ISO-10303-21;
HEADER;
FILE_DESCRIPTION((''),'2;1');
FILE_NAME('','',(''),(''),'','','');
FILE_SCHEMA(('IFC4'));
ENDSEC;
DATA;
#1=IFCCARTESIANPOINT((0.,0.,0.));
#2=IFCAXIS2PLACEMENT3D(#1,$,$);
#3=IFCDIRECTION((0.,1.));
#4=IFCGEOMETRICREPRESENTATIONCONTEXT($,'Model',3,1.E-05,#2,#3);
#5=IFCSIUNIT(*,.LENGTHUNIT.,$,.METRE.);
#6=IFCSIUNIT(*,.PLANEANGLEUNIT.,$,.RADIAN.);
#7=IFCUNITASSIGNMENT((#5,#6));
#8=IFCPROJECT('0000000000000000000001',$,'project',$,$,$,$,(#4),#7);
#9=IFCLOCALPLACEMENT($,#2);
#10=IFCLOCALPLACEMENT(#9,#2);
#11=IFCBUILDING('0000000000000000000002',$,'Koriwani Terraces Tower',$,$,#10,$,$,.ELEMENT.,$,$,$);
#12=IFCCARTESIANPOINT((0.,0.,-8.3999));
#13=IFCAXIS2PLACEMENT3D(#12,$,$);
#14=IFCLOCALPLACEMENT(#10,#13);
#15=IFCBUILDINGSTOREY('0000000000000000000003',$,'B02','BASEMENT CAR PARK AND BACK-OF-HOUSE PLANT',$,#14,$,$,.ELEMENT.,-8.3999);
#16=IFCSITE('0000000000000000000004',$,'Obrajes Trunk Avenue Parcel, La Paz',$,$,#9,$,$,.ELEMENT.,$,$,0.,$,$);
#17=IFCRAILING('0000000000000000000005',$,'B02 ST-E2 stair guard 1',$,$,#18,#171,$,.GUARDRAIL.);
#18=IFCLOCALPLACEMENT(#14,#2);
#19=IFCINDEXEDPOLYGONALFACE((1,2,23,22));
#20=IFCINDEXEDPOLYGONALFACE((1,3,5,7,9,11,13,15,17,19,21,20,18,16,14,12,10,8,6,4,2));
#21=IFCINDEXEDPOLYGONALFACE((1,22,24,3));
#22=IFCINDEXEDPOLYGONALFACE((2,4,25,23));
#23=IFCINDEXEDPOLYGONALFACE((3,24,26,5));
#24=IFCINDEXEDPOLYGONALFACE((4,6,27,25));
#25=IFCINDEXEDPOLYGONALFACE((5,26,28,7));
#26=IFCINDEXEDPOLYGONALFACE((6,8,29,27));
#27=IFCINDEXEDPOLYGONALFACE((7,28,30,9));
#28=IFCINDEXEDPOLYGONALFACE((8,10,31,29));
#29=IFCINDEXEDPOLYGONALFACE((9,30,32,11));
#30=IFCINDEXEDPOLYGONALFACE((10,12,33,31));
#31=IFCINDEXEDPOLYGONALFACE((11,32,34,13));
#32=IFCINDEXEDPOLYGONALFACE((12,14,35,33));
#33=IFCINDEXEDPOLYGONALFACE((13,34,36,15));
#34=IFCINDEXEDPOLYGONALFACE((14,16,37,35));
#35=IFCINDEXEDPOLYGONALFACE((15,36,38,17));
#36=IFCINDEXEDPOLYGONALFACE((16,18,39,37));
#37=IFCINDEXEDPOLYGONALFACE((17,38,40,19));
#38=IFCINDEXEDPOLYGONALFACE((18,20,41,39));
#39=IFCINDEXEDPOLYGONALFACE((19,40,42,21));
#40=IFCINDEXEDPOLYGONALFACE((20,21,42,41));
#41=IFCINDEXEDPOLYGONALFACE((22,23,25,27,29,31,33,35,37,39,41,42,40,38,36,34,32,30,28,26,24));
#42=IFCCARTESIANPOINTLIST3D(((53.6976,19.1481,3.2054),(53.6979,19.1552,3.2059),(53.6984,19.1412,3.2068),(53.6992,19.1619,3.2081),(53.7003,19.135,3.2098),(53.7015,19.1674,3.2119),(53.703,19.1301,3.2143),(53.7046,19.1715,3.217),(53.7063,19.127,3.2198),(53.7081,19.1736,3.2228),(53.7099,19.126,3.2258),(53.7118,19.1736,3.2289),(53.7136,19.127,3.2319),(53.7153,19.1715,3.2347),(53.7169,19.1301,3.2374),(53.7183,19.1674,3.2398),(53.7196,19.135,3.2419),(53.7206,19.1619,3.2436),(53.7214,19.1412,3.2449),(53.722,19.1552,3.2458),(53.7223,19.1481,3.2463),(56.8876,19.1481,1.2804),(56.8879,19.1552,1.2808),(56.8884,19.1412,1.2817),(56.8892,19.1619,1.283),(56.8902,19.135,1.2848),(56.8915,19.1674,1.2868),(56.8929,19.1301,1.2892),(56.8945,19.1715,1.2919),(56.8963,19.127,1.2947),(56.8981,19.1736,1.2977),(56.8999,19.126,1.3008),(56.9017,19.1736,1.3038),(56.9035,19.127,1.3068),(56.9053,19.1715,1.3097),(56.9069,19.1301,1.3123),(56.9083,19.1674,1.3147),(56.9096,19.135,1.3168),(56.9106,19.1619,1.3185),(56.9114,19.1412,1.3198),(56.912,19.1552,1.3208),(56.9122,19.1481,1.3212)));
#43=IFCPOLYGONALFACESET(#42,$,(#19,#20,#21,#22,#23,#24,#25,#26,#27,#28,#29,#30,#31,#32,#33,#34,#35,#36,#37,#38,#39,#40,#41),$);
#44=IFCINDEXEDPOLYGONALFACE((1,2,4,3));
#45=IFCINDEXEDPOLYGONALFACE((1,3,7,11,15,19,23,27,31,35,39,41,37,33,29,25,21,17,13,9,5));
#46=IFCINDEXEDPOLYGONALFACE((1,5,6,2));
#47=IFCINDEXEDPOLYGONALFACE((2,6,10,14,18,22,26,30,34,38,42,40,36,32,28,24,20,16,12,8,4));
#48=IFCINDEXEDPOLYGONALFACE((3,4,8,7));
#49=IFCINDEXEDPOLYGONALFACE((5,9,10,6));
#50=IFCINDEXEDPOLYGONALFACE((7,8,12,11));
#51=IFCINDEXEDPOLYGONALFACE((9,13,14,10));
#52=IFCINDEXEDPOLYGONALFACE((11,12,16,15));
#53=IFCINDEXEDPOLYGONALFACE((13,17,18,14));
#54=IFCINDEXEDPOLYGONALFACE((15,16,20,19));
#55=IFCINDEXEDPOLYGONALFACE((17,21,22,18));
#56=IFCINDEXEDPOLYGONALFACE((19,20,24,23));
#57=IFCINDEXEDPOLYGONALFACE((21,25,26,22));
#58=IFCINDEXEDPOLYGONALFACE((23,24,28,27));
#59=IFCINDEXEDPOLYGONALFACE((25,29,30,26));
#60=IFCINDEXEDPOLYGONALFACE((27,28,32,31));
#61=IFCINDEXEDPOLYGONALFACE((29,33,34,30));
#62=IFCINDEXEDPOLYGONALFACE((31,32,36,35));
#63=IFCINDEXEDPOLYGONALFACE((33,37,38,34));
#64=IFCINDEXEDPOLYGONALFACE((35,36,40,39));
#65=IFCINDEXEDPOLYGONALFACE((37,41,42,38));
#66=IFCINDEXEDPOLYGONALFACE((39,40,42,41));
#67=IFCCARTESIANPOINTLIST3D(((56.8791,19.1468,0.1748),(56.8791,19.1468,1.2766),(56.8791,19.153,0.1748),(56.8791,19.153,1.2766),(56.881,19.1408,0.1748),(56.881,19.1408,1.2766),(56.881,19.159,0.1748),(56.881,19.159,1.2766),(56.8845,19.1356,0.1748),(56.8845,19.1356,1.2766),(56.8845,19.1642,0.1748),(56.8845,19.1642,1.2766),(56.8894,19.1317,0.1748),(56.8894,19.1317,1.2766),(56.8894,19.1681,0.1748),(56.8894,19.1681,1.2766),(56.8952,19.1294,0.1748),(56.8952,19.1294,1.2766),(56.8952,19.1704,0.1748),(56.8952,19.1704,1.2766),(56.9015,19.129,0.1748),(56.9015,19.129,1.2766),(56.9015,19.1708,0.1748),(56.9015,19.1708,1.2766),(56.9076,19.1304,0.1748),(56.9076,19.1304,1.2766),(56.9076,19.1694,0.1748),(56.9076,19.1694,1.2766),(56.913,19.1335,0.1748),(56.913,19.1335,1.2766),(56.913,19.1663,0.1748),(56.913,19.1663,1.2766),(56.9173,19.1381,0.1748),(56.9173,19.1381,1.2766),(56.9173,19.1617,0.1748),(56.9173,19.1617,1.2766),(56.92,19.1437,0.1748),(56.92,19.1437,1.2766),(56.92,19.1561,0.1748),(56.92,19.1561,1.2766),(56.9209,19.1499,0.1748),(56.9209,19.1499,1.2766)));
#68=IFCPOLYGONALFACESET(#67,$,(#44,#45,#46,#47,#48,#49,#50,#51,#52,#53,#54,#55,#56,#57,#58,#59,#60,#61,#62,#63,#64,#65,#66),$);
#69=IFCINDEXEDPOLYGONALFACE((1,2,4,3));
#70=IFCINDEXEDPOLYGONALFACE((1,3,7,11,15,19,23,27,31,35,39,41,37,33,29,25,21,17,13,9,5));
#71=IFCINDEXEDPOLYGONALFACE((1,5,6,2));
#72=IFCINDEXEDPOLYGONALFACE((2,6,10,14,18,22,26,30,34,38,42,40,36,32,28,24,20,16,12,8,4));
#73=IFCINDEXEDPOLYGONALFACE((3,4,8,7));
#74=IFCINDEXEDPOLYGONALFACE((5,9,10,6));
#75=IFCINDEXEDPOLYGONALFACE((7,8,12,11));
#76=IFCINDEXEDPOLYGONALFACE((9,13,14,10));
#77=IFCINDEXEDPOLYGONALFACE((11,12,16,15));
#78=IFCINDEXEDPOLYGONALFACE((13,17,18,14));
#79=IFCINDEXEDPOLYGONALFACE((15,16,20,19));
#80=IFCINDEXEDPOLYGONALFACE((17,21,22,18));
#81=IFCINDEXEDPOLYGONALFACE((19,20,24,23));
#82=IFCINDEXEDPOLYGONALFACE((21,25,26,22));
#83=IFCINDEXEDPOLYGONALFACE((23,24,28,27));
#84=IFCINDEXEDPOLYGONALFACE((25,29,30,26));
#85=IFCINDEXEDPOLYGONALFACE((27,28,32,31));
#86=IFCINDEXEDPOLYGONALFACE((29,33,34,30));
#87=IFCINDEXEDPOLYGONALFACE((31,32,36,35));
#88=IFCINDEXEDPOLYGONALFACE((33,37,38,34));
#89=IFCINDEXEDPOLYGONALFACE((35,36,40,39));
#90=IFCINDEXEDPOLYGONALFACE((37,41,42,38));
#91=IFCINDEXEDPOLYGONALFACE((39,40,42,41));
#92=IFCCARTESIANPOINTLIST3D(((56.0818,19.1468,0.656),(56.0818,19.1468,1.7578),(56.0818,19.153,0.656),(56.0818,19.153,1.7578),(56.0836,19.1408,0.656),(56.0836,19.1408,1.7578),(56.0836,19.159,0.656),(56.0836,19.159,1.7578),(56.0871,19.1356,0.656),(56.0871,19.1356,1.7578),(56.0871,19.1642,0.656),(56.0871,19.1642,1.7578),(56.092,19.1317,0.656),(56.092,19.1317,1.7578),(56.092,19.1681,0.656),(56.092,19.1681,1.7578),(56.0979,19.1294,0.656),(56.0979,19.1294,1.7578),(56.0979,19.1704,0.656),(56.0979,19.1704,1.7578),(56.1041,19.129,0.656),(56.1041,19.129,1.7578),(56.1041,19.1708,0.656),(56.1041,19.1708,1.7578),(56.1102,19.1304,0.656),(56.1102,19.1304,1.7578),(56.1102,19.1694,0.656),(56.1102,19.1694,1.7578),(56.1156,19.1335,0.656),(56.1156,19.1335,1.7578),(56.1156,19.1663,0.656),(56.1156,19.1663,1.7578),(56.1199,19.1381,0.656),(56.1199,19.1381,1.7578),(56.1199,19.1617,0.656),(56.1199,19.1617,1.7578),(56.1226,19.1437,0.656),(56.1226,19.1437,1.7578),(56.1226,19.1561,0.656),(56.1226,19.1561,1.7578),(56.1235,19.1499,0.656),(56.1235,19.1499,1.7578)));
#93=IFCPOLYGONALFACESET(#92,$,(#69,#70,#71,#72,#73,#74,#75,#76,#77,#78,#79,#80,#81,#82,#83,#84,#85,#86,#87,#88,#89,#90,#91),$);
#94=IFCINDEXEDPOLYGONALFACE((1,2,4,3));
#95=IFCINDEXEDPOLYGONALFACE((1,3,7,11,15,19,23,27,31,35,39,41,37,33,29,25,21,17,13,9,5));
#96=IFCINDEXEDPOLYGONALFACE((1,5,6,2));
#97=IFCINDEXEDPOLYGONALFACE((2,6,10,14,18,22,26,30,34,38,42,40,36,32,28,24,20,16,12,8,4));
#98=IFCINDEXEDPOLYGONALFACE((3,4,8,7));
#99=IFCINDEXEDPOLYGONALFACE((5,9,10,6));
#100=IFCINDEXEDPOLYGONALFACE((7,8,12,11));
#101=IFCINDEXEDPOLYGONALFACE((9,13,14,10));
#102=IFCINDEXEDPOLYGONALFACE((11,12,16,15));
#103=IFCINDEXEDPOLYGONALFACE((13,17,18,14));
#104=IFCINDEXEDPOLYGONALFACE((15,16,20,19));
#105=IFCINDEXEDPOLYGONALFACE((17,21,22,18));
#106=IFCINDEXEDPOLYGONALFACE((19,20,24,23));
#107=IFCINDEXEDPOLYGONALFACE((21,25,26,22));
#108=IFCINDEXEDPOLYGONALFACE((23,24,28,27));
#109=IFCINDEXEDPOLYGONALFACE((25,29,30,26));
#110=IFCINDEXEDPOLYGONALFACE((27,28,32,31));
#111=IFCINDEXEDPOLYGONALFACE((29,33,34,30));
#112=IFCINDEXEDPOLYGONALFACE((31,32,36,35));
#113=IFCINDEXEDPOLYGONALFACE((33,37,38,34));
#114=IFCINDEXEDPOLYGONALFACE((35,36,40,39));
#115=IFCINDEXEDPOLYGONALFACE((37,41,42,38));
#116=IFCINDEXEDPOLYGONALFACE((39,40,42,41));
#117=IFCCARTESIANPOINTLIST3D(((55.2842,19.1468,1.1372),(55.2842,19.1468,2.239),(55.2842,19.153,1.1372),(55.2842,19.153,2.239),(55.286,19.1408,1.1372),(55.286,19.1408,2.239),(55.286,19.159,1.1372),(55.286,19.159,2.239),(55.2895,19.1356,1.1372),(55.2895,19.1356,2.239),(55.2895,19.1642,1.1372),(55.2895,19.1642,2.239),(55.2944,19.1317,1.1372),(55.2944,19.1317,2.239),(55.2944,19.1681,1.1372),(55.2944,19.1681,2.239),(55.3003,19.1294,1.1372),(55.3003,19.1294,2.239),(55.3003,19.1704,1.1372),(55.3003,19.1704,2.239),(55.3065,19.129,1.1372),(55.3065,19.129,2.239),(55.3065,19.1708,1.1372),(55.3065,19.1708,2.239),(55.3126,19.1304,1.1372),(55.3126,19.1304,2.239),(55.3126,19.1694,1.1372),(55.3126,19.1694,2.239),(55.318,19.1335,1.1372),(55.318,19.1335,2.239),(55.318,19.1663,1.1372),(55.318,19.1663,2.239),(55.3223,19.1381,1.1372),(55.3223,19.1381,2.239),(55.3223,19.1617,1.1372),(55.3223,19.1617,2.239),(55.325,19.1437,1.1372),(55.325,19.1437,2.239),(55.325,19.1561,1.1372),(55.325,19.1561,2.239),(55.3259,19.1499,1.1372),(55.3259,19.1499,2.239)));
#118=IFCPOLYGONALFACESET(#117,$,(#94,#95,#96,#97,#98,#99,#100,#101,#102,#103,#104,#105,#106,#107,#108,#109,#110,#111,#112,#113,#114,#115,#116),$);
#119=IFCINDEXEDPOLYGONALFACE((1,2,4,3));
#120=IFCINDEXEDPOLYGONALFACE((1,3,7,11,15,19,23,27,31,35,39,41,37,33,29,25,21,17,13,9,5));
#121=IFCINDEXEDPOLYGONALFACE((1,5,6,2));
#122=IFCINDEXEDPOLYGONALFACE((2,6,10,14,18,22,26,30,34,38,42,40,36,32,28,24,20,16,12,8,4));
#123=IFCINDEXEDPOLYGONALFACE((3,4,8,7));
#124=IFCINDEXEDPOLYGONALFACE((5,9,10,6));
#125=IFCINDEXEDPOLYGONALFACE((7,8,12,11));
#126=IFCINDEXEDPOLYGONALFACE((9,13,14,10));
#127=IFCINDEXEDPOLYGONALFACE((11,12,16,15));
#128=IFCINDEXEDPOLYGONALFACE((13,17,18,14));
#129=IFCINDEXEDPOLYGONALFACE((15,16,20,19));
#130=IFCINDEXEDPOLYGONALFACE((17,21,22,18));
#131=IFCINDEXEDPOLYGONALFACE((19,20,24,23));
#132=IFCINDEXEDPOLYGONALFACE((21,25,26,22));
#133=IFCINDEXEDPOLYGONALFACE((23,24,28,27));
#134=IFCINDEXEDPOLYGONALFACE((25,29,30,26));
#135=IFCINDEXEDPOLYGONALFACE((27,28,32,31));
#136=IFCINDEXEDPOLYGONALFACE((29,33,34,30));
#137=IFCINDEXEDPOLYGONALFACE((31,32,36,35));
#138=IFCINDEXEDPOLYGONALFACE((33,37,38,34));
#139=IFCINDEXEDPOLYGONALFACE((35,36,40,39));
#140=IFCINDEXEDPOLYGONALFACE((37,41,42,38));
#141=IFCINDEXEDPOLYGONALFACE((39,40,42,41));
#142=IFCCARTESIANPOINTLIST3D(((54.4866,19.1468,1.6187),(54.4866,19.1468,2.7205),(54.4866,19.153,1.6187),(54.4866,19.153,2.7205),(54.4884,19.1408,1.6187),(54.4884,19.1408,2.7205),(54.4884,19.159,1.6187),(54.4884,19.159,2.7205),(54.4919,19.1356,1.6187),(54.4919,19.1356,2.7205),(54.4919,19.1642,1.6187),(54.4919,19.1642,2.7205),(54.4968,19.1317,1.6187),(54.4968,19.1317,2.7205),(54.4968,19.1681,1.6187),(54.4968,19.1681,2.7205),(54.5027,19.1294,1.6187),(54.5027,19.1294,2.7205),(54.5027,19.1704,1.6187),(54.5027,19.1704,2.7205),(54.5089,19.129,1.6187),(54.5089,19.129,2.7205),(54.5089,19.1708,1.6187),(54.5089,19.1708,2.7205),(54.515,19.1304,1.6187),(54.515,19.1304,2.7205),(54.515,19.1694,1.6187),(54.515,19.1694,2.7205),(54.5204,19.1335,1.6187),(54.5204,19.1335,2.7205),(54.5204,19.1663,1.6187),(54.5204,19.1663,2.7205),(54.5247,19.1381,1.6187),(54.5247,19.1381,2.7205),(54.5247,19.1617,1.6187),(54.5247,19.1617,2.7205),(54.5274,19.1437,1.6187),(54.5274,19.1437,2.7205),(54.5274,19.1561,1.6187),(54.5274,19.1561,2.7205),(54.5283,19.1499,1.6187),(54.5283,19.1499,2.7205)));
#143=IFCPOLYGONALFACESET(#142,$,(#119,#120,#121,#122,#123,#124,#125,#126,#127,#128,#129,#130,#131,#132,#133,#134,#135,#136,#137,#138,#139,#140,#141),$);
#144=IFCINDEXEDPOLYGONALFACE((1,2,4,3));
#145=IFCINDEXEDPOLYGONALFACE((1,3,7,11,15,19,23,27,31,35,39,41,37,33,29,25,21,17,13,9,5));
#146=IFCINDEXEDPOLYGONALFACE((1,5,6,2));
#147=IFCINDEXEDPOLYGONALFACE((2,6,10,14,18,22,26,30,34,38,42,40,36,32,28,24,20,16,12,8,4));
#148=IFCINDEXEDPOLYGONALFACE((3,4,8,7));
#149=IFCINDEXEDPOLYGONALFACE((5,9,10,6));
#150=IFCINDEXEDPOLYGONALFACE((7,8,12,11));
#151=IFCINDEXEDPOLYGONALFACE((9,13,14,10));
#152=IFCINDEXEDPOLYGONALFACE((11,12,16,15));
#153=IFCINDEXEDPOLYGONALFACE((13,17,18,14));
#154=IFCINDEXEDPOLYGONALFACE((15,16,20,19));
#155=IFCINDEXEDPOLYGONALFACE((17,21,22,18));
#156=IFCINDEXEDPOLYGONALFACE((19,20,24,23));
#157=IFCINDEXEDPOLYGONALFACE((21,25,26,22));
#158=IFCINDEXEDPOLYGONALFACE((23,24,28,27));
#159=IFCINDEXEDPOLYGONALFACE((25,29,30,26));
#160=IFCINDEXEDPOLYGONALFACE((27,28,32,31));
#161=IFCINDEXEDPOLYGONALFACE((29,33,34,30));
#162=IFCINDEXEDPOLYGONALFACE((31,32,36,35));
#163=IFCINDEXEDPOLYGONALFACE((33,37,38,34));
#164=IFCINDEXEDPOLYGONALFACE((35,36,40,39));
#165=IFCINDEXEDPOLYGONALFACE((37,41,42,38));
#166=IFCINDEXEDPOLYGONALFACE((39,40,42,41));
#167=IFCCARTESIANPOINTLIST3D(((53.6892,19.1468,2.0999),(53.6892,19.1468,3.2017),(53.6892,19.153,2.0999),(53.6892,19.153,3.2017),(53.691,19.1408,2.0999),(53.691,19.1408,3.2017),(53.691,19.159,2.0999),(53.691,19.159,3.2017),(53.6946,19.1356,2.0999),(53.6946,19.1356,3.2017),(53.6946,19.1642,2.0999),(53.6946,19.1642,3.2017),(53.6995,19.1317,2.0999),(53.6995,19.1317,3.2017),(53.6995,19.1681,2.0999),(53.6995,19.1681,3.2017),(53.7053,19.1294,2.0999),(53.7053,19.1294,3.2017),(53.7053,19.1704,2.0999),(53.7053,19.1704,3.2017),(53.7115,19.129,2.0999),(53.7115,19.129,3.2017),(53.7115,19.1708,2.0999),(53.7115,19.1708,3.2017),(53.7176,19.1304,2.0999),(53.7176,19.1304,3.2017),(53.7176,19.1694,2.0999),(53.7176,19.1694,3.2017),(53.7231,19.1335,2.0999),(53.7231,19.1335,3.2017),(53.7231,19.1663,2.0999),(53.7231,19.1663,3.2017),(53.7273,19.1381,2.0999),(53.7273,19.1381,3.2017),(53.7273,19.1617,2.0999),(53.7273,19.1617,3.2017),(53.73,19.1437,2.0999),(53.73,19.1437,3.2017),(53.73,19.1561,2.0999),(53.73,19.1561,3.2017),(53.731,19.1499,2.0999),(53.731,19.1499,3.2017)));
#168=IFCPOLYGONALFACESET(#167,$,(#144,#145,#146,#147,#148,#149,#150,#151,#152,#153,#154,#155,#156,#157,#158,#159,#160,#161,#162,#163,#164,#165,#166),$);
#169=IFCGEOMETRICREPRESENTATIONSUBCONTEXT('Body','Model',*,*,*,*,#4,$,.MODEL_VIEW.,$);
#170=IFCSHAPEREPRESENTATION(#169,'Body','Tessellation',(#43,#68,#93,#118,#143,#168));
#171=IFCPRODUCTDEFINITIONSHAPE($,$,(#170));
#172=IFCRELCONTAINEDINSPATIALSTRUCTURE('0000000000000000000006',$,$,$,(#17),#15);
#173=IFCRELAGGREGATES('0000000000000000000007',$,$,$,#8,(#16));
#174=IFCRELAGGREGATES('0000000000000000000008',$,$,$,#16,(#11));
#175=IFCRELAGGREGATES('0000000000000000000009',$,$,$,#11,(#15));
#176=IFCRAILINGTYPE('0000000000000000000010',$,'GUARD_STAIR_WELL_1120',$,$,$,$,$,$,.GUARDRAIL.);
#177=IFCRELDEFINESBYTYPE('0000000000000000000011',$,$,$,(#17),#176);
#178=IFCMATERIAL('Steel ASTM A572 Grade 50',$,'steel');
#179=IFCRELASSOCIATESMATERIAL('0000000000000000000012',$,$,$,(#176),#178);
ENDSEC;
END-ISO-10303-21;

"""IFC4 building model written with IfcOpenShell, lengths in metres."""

from ifc_helpers import new_model, si_unit, direction, frame, origin, origin_2d, place, context, subcontext, project, spatial, circle, extrude, material, type_object, element, save


model = new_model("IFC4")

# Units and contexts
model_context = context("Model", 3, precision=1e-05, world=origin(), true_north=direction((0.0, 1.0)))
body_context = subcontext(model_context, "Body", "Model", "MODEL_VIEW")
ifc_project = project(units=[si_unit("LENGTHUNIT", "METRE"), si_unit("PLANEANGLEUNIT", "RADIAN")], contexts=[model_context])

# Site, building, storey
site_placement = place(None, origin())
site = spatial("IfcSite", under=ifc_project, at=site_placement, Name="Obrajes Trunk Avenue Parcel, La Paz", CompositionType="ELEMENT", RefElevation=0.0)
building_placement = place(site_placement, origin())
building = spatial("IfcBuilding", under=site, at=building_placement, Name="Koriwani Terraces Tower", CompositionType="ELEMENT")
storey_placement = place(building_placement, frame((0.0, 0.0, -8.3999)))
storey = spatial("IfcBuildingStorey", under=building, at=storey_placement, Name="B02", Description="BASEMENT CAR PARK AND BACK-OF-HOUSE PLANT", CompositionType="ELEMENT", Elevation=-8.3999)

# Shared definitions
ifc_material_1 = material(Name="Steel ASTM A572 Grade 50", Category="steel")

# Railing
railing_type_1 = type_object("IfcRailingType", Name="GUARD_STAIR_WELL_1120", PredefinedType="GUARDRAIL", material=ifc_material_1)
for number, where, name in (
    (1, (56.8999, 19.1499, 0.1748), "B02 ST-E2 stair guard 1"),
):
    element("IfcRailing", number, at=place(storey_placement, frame(where)), inside=storey, type_object=railing_type_1, Name=name, PredefinedType="GUARDRAIL", context=body_context, shape_type="SweptSolid", body=[
        extrude(circle(Radius=0.0239, at=origin_2d()), frame((0.0, 0.0, 1.126), z_axis=(-0.856178, 0.0, 0.516682), x_axis=(0.0, -1.0, 0.0)), (0.0, 0.0, 1.0), 3.7258),
        extrude(circle(Radius=0.021, at=origin_2d()), origin(), (0.0, 0.0, 1.0), 1.1018),
        extrude(circle(Radius=0.021, at=origin_2d()), frame((-0.7974, 0.0, 0.4812)), (0.0, 0.0, 1.0), 1.1018),
        extrude(circle(Radius=0.021, at=origin_2d()), frame((-1.595, 0.0, 0.9624)), (0.0, 0.0, 1.0), 1.1018),
        extrude(circle(Radius=0.021, at=origin_2d()), frame((-2.3926, 0.0, 1.4438)), (0.0, 0.0, 1.0), 1.1018),
        extrude(circle(Radius=0.021, at=origin_2d()), frame((-3.1899, 0.0, 1.925)), (0.0, 0.0, 1.0), 1.1018),
    ])

save(model, "model.ifc")
